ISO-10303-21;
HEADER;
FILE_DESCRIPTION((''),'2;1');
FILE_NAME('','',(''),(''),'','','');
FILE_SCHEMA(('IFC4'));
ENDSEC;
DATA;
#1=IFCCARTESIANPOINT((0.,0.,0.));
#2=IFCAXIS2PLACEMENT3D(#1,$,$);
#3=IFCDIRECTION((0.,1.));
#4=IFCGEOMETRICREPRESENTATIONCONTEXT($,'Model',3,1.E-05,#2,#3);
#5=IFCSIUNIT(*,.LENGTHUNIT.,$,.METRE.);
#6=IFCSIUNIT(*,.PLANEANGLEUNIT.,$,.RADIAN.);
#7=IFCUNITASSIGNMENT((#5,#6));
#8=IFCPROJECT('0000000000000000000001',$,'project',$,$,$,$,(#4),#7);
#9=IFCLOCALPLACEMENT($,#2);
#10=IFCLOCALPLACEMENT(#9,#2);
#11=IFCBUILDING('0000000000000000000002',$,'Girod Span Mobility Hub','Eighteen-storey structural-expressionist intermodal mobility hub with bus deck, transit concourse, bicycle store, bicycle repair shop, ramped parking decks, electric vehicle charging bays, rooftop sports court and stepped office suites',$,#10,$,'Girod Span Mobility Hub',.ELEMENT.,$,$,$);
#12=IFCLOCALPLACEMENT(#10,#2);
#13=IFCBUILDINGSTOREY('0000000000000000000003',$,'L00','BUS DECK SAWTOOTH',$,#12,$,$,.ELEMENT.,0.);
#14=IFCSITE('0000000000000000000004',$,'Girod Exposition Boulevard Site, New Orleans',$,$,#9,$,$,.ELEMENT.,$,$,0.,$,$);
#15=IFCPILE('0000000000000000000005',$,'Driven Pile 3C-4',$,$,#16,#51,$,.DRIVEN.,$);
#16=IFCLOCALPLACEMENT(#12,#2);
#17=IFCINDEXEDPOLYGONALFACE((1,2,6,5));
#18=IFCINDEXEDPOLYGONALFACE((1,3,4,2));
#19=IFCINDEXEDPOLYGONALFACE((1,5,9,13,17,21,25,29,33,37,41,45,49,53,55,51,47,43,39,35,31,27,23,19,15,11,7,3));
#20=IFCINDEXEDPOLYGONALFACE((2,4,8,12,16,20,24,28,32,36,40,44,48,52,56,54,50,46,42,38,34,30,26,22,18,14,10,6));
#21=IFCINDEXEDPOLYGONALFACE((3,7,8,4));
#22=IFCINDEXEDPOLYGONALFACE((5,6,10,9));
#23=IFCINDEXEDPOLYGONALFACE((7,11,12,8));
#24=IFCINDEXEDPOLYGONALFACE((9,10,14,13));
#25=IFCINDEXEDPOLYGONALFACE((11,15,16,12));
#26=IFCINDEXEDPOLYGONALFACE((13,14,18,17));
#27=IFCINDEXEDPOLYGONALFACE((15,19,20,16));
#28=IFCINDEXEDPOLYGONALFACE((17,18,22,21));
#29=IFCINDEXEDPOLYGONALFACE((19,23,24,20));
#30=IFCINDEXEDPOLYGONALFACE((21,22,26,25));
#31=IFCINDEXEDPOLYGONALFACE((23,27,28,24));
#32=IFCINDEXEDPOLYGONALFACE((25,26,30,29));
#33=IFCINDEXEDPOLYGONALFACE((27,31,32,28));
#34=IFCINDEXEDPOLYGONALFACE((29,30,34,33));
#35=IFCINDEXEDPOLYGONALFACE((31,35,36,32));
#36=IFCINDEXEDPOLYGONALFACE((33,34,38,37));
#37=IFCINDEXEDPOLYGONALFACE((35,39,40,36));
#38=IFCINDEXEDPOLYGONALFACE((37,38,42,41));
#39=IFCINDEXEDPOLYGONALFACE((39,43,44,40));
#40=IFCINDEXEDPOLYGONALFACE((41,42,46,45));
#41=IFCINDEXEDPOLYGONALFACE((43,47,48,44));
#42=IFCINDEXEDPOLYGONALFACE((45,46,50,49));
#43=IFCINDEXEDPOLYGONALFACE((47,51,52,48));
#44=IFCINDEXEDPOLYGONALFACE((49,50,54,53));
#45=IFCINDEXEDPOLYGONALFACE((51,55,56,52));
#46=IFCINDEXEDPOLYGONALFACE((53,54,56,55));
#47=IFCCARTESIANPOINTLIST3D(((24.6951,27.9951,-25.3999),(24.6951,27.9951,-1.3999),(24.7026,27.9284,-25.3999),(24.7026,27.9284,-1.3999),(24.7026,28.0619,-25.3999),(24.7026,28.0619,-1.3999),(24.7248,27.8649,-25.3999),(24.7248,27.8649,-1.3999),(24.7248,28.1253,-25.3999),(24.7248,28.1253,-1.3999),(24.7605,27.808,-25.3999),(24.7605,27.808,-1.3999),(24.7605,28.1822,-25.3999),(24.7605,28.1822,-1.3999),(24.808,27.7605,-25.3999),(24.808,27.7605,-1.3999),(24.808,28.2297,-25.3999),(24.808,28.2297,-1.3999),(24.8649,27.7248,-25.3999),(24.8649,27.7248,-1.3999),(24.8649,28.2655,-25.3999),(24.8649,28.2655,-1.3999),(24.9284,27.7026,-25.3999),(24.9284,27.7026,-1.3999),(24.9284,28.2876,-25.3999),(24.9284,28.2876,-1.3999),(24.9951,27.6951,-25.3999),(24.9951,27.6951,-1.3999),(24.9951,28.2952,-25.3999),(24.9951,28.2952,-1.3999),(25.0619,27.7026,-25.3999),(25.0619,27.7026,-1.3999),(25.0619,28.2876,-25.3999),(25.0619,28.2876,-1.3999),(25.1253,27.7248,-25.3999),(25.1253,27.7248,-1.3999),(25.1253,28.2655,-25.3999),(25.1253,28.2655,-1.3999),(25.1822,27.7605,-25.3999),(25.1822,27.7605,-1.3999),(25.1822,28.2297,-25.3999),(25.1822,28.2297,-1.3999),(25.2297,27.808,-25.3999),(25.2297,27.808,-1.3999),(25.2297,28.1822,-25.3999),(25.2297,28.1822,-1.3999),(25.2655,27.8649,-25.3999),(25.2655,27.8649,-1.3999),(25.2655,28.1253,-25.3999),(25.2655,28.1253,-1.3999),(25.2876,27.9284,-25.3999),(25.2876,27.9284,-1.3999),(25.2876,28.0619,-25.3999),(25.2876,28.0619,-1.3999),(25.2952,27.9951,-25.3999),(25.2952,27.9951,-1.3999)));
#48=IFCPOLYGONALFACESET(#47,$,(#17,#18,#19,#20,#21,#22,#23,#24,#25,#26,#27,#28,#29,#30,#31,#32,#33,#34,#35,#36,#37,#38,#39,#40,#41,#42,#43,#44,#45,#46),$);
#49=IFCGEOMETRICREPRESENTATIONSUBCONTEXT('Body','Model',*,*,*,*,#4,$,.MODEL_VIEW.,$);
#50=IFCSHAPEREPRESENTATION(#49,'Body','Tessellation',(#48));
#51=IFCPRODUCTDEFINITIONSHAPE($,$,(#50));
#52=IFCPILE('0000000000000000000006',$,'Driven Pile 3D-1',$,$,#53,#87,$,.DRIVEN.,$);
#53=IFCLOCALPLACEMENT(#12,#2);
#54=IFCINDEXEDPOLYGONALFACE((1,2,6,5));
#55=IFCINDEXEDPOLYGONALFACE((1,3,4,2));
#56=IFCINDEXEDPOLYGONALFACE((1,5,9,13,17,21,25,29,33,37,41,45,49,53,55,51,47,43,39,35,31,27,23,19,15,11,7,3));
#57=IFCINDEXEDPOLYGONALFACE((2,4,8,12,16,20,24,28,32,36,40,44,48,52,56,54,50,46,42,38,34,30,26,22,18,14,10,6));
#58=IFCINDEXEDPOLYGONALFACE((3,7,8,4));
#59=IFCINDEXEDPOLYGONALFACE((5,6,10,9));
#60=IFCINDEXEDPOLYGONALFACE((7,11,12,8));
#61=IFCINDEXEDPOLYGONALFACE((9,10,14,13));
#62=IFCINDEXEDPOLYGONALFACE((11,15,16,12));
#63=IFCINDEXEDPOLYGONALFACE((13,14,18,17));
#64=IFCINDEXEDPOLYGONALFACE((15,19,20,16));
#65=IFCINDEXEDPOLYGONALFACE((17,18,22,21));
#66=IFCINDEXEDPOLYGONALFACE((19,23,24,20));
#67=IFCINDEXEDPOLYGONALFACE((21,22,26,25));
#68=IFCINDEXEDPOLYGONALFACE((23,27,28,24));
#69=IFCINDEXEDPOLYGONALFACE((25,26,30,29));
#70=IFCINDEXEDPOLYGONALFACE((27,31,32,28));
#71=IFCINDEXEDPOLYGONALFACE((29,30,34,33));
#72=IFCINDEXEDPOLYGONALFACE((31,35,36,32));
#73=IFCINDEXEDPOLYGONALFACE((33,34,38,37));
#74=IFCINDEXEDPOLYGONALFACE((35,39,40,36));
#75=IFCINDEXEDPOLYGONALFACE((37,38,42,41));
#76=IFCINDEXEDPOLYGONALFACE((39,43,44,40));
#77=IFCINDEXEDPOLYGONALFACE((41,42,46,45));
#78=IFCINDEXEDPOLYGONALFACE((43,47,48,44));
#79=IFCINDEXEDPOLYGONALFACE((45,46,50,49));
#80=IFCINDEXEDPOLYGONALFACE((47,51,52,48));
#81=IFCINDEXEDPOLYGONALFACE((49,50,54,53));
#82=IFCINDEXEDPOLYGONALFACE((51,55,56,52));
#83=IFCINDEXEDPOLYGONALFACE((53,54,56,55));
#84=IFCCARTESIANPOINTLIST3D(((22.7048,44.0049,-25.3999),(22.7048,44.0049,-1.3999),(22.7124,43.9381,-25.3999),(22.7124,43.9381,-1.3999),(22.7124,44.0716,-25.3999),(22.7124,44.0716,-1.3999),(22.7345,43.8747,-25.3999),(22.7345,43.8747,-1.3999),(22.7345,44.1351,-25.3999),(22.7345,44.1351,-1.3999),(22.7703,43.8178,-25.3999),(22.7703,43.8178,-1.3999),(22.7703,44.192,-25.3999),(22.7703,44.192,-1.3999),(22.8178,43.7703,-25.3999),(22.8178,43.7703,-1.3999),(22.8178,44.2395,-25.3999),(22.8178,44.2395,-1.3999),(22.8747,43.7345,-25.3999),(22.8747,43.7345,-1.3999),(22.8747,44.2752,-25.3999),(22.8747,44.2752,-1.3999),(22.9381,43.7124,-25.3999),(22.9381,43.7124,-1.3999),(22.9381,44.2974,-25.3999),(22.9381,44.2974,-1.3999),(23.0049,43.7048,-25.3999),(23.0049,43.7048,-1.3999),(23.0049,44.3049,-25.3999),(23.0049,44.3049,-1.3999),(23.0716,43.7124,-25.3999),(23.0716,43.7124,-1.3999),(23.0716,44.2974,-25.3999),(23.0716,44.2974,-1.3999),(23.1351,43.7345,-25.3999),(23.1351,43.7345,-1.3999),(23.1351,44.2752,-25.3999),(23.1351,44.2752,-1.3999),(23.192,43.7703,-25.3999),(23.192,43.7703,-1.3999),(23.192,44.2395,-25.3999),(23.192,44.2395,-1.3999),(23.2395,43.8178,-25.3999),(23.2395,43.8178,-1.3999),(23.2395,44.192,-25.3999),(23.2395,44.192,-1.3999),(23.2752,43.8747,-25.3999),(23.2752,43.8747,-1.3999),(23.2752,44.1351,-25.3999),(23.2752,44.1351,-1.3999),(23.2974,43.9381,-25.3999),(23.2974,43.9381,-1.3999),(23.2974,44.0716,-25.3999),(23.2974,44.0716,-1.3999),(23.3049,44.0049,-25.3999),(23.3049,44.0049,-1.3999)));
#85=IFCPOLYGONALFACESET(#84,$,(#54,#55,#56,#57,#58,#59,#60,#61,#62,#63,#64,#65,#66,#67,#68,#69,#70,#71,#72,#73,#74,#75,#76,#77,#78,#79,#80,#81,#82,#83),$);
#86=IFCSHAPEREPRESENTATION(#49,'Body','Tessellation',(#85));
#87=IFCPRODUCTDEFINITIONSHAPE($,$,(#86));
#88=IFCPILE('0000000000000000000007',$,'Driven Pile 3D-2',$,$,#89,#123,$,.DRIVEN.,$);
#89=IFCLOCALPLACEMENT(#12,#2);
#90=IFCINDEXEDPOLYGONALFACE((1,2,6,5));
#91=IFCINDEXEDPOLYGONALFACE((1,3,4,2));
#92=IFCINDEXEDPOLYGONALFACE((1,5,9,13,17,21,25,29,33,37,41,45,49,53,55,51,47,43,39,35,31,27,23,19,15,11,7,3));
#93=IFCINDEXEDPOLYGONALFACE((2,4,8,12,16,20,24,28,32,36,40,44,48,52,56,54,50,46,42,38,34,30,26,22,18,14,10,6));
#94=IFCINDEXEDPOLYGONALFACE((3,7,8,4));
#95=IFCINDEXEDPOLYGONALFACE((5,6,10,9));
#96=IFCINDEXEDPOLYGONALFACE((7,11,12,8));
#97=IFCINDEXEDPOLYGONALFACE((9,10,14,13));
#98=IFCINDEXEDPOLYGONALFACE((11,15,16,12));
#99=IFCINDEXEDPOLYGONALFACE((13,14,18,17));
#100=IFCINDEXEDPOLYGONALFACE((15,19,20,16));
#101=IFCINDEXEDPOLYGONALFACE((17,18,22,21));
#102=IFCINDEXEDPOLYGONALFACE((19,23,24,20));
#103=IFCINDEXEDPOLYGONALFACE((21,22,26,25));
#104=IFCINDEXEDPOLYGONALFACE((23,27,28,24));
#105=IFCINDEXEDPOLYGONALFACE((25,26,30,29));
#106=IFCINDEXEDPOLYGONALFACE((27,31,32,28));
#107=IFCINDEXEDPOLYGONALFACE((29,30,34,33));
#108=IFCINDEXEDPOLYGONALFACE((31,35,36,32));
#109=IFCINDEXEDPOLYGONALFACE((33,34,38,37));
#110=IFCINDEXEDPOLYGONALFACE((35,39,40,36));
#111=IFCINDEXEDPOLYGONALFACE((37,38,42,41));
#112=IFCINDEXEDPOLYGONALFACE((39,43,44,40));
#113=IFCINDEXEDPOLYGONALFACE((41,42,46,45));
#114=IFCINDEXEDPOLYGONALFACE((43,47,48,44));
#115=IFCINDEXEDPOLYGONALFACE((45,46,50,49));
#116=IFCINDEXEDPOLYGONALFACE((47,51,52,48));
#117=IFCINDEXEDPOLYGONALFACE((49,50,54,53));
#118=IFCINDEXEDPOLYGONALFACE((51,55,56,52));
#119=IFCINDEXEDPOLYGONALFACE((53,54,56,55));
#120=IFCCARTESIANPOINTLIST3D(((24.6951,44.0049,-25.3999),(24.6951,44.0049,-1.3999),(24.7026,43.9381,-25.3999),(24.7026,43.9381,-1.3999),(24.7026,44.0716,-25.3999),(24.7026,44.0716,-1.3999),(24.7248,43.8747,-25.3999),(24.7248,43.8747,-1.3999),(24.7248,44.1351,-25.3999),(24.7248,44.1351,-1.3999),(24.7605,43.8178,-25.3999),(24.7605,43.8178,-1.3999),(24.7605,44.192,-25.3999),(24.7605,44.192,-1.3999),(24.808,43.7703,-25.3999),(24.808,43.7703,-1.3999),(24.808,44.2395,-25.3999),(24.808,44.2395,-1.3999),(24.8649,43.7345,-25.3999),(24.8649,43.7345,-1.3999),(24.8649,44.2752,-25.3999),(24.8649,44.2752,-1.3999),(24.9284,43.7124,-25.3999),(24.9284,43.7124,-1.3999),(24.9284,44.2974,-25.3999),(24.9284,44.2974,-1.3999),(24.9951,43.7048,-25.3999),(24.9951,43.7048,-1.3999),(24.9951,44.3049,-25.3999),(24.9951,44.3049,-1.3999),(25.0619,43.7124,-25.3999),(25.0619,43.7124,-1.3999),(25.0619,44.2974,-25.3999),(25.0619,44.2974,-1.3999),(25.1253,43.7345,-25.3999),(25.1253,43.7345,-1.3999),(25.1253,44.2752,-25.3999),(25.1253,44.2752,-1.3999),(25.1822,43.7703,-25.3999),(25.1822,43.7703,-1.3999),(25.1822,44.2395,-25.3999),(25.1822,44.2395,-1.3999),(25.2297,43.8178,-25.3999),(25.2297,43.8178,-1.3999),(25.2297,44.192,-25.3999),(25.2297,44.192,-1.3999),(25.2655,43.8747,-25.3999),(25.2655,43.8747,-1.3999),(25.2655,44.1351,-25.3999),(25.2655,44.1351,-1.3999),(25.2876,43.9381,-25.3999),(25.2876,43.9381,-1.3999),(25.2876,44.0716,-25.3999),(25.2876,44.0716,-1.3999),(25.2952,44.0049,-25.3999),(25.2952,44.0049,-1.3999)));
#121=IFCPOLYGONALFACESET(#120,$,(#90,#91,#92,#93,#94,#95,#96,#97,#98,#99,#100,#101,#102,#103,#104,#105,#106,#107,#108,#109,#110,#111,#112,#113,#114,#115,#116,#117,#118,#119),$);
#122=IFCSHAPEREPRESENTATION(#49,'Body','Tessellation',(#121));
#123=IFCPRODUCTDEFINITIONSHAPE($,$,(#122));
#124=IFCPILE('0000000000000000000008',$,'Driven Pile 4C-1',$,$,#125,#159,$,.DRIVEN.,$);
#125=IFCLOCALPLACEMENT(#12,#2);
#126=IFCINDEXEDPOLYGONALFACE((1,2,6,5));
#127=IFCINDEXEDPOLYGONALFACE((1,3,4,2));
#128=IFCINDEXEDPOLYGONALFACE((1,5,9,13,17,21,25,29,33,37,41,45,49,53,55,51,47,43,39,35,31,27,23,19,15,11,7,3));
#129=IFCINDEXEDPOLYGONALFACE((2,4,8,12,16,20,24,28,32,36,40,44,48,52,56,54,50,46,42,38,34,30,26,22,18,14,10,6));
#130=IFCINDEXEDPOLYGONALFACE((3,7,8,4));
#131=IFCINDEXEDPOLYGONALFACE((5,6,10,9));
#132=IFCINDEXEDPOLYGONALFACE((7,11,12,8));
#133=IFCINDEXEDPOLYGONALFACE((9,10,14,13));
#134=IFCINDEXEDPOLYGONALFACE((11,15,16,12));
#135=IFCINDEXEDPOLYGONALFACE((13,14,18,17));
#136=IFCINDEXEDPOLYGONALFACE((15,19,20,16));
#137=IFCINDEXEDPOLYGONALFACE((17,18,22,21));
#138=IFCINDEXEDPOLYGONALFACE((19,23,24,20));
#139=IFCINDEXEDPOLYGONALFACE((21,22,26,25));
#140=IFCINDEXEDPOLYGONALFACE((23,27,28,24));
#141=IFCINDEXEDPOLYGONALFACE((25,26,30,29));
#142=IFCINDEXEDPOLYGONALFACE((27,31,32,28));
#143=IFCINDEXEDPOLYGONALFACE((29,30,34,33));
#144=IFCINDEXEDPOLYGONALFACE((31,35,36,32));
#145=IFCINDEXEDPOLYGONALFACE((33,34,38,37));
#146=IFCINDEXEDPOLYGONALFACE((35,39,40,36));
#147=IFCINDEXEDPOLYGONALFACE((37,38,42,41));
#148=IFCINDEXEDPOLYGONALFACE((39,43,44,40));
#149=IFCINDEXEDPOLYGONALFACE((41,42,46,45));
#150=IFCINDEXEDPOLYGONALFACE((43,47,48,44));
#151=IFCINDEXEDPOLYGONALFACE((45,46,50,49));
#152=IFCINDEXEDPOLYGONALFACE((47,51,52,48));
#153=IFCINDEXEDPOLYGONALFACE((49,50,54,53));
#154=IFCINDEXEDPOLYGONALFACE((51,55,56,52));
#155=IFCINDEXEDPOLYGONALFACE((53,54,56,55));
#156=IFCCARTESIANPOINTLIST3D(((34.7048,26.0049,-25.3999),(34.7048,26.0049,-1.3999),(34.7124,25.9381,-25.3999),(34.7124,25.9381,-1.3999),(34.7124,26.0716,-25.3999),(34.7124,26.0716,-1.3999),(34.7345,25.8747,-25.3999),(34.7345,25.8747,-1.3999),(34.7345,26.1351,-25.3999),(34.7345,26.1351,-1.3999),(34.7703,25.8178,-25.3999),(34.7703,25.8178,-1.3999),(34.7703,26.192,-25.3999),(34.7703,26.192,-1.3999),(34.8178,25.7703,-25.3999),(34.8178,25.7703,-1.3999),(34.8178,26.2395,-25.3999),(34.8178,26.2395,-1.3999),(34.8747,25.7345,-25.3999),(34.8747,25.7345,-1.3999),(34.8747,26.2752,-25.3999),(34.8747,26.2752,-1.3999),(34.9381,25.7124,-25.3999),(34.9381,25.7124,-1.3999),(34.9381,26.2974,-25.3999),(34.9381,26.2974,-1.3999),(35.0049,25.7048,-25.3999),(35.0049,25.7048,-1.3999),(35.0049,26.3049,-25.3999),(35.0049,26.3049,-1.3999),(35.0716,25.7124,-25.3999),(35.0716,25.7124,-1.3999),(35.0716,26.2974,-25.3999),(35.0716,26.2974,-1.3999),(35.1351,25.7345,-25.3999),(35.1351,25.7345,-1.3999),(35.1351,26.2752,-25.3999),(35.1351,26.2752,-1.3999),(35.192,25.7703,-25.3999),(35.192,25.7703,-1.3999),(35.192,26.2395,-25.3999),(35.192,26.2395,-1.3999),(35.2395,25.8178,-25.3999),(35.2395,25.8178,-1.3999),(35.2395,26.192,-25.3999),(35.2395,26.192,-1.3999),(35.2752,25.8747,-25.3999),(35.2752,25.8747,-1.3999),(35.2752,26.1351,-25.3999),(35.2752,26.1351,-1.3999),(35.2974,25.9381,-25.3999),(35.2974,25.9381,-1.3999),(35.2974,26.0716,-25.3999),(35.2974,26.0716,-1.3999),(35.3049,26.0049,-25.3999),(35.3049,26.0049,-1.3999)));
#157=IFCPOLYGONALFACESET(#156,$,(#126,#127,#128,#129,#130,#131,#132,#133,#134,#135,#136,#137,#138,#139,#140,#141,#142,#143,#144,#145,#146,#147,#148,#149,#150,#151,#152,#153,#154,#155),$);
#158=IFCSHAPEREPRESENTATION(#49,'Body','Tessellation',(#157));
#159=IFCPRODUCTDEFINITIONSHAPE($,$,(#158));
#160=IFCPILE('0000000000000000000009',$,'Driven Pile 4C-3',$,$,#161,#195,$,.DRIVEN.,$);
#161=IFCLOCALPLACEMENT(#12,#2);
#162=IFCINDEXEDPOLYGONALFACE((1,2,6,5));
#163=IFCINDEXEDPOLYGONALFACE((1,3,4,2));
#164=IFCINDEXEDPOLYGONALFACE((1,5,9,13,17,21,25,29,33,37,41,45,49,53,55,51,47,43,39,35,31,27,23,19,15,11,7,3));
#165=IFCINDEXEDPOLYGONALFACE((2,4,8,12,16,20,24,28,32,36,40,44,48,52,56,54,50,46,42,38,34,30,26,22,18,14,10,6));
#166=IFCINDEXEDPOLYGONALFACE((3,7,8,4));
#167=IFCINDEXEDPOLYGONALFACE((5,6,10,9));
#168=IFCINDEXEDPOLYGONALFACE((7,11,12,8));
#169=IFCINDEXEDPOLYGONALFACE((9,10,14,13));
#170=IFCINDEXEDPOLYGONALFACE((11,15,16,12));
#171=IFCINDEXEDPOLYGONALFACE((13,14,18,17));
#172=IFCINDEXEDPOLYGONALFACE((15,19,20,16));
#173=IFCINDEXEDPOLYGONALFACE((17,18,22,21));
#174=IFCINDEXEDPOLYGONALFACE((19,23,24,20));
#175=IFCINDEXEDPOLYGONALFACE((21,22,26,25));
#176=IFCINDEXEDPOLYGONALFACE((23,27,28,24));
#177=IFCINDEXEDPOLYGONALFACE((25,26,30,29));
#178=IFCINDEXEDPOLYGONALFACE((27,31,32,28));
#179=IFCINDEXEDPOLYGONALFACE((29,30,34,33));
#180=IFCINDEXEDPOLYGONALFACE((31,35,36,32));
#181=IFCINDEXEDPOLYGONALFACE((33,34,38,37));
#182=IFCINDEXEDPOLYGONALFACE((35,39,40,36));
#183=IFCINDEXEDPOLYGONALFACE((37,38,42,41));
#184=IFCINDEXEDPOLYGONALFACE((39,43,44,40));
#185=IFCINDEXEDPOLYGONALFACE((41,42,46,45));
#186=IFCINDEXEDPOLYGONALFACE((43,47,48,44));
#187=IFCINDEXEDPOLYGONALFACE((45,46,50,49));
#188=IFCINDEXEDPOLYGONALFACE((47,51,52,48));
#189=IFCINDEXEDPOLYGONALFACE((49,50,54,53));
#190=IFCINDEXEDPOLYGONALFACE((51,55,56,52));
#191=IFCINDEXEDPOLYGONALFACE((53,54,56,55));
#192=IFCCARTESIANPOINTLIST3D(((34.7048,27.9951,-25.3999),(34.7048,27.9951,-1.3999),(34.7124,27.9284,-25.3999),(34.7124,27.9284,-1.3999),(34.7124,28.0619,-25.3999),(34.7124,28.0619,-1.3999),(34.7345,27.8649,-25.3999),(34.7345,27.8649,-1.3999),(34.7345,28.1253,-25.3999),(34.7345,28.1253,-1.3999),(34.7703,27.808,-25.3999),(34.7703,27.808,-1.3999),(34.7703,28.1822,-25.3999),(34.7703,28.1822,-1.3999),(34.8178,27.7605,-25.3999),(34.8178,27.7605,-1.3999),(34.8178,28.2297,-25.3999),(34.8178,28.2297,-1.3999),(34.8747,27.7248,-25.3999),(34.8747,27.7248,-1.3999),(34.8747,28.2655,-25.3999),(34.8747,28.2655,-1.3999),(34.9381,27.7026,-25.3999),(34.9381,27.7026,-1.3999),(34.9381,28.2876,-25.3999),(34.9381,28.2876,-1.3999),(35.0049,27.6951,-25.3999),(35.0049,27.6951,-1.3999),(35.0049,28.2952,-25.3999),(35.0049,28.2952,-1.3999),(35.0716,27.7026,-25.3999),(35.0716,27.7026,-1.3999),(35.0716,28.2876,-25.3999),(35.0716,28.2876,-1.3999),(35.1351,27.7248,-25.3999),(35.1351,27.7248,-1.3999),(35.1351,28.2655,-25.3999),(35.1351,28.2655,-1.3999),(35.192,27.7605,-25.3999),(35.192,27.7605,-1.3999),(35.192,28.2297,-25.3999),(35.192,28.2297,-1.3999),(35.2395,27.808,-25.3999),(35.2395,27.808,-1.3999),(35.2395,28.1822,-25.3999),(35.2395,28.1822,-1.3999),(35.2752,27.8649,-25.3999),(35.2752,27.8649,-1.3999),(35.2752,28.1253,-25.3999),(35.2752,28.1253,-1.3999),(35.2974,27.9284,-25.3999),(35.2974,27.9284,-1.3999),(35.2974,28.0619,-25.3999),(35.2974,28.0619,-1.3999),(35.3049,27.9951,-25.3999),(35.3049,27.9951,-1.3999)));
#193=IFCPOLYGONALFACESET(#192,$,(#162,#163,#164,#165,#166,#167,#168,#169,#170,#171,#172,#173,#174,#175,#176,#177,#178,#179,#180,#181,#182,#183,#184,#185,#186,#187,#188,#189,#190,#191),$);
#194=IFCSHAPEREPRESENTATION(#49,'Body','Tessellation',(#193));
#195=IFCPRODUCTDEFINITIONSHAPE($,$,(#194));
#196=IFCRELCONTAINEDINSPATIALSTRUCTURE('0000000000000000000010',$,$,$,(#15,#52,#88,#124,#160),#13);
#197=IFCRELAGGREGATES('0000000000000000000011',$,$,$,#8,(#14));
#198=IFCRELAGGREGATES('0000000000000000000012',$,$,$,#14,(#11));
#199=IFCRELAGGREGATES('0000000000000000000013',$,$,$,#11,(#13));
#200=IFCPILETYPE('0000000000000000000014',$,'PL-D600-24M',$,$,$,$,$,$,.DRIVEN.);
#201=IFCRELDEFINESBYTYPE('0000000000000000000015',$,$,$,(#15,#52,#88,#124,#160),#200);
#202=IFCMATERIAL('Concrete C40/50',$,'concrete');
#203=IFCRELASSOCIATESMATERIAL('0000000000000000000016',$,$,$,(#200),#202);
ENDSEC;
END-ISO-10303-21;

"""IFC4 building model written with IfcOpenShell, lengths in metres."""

from ifc_helpers import new_model, si_unit, direction, frame, origin, origin_2d, place, context, subcontext, project, spatial, circle, extrude, material, material_profile, profile_set, type_object, element, save


model = new_model("IFC4")

# Units and contexts
model_context = context("Model", 3, precision=1e-05, world=origin(), true_north=direction((0.0, 1.0)))
body_context = subcontext(model_context, "Body", "Model", "MODEL_VIEW")
ifc_project = project(units=[si_unit("LENGTHUNIT", "METRE"), si_unit("PLANEANGLEUNIT", "RADIAN")], contexts=[model_context])

# Site, building, storey
site_placement = place(None, origin())
site = spatial("IfcSite", under=ifc_project, at=site_placement, Name="Girod Exposition Boulevard Site, New Orleans", CompositionType="ELEMENT", RefElevation=0.0)
building_placement = place(site_placement, origin())
building = spatial("IfcBuilding", under=site, at=building_placement, Name="Girod Span Mobility Hub", Description="Eighteen-storey structural-expressionist intermodal mobility hub with bus deck, transit concourse, bicycle store, bicycle repair shop, ramped parking decks, electric vehicle charging bays, rooftop sports court and stepped office suites", LongName="Girod Span Mobility Hub", CompositionType="ELEMENT")
storey_placement = place(building_placement, origin())
storey = spatial("IfcBuildingStorey", under=building, at=storey_placement, Name="L00", Description="BUS DECK SAWTOOTH", CompositionType="ELEMENT", Elevation=0.0)

# Piles
ifc_material_1 = material(Name="Concrete C40/50", Category="concrete")
ifc_material_profile_1 = material_profile(ifc_material_1, circle(Radius=0.3, at=origin_2d()), Name="PILE-D600")
ifc_profile_set_1 = profile_set([ifc_material_profile_1], Name="Concrete C40/50")
pile_type_1 = type_object("IfcPileType", Name="PL-D600-24M", PredefinedType="DRIVEN", material=ifc_profile_set_1)
for number, where, z_axis, x_axis, name in (
    (1, (24.9951, 27.9951, -1.3999), (0.0, 0.0, -1.0), (1.0, 0.0, 0.0), "Driven Pile 3C-4"),
    (2, (23.0049, 44.0049, -1.3999), (0.0, 0.0, -1.0), (1.0, 0.0, 0.0), "Driven Pile 3D-1"),
    (3, (24.9951, 44.0049, -1.3999), (0.0, 0.0, -1.0), (1.0, 0.0, 0.0), "Driven Pile 3D-2"),
    (4, (35.0049, 26.0049, -1.3999), (0.0, 0.0, -1.0), (1.0, 0.0, 0.0), "Driven Pile 4C-1"),
    (5, (35.0049, 27.9951, -1.3999), (0.0, 0.0, -1.0), (1.0, 0.0, 0.0), "Driven Pile 4C-3"),
):
    element("IfcPile", number, at=place(storey_placement, frame(where, z_axis=z_axis, x_axis=x_axis)), inside=storey, type_object=pile_type_1, Name=name, PredefinedType="DRIVEN", context=body_context, shape_type="SweptSolid", body=[
        extrude(circle(Radius=0.3, at=origin_2d()), origin(), (0.0, 0.0, 1.0), 24.0),
    ])

save(model, "model.ifc")
